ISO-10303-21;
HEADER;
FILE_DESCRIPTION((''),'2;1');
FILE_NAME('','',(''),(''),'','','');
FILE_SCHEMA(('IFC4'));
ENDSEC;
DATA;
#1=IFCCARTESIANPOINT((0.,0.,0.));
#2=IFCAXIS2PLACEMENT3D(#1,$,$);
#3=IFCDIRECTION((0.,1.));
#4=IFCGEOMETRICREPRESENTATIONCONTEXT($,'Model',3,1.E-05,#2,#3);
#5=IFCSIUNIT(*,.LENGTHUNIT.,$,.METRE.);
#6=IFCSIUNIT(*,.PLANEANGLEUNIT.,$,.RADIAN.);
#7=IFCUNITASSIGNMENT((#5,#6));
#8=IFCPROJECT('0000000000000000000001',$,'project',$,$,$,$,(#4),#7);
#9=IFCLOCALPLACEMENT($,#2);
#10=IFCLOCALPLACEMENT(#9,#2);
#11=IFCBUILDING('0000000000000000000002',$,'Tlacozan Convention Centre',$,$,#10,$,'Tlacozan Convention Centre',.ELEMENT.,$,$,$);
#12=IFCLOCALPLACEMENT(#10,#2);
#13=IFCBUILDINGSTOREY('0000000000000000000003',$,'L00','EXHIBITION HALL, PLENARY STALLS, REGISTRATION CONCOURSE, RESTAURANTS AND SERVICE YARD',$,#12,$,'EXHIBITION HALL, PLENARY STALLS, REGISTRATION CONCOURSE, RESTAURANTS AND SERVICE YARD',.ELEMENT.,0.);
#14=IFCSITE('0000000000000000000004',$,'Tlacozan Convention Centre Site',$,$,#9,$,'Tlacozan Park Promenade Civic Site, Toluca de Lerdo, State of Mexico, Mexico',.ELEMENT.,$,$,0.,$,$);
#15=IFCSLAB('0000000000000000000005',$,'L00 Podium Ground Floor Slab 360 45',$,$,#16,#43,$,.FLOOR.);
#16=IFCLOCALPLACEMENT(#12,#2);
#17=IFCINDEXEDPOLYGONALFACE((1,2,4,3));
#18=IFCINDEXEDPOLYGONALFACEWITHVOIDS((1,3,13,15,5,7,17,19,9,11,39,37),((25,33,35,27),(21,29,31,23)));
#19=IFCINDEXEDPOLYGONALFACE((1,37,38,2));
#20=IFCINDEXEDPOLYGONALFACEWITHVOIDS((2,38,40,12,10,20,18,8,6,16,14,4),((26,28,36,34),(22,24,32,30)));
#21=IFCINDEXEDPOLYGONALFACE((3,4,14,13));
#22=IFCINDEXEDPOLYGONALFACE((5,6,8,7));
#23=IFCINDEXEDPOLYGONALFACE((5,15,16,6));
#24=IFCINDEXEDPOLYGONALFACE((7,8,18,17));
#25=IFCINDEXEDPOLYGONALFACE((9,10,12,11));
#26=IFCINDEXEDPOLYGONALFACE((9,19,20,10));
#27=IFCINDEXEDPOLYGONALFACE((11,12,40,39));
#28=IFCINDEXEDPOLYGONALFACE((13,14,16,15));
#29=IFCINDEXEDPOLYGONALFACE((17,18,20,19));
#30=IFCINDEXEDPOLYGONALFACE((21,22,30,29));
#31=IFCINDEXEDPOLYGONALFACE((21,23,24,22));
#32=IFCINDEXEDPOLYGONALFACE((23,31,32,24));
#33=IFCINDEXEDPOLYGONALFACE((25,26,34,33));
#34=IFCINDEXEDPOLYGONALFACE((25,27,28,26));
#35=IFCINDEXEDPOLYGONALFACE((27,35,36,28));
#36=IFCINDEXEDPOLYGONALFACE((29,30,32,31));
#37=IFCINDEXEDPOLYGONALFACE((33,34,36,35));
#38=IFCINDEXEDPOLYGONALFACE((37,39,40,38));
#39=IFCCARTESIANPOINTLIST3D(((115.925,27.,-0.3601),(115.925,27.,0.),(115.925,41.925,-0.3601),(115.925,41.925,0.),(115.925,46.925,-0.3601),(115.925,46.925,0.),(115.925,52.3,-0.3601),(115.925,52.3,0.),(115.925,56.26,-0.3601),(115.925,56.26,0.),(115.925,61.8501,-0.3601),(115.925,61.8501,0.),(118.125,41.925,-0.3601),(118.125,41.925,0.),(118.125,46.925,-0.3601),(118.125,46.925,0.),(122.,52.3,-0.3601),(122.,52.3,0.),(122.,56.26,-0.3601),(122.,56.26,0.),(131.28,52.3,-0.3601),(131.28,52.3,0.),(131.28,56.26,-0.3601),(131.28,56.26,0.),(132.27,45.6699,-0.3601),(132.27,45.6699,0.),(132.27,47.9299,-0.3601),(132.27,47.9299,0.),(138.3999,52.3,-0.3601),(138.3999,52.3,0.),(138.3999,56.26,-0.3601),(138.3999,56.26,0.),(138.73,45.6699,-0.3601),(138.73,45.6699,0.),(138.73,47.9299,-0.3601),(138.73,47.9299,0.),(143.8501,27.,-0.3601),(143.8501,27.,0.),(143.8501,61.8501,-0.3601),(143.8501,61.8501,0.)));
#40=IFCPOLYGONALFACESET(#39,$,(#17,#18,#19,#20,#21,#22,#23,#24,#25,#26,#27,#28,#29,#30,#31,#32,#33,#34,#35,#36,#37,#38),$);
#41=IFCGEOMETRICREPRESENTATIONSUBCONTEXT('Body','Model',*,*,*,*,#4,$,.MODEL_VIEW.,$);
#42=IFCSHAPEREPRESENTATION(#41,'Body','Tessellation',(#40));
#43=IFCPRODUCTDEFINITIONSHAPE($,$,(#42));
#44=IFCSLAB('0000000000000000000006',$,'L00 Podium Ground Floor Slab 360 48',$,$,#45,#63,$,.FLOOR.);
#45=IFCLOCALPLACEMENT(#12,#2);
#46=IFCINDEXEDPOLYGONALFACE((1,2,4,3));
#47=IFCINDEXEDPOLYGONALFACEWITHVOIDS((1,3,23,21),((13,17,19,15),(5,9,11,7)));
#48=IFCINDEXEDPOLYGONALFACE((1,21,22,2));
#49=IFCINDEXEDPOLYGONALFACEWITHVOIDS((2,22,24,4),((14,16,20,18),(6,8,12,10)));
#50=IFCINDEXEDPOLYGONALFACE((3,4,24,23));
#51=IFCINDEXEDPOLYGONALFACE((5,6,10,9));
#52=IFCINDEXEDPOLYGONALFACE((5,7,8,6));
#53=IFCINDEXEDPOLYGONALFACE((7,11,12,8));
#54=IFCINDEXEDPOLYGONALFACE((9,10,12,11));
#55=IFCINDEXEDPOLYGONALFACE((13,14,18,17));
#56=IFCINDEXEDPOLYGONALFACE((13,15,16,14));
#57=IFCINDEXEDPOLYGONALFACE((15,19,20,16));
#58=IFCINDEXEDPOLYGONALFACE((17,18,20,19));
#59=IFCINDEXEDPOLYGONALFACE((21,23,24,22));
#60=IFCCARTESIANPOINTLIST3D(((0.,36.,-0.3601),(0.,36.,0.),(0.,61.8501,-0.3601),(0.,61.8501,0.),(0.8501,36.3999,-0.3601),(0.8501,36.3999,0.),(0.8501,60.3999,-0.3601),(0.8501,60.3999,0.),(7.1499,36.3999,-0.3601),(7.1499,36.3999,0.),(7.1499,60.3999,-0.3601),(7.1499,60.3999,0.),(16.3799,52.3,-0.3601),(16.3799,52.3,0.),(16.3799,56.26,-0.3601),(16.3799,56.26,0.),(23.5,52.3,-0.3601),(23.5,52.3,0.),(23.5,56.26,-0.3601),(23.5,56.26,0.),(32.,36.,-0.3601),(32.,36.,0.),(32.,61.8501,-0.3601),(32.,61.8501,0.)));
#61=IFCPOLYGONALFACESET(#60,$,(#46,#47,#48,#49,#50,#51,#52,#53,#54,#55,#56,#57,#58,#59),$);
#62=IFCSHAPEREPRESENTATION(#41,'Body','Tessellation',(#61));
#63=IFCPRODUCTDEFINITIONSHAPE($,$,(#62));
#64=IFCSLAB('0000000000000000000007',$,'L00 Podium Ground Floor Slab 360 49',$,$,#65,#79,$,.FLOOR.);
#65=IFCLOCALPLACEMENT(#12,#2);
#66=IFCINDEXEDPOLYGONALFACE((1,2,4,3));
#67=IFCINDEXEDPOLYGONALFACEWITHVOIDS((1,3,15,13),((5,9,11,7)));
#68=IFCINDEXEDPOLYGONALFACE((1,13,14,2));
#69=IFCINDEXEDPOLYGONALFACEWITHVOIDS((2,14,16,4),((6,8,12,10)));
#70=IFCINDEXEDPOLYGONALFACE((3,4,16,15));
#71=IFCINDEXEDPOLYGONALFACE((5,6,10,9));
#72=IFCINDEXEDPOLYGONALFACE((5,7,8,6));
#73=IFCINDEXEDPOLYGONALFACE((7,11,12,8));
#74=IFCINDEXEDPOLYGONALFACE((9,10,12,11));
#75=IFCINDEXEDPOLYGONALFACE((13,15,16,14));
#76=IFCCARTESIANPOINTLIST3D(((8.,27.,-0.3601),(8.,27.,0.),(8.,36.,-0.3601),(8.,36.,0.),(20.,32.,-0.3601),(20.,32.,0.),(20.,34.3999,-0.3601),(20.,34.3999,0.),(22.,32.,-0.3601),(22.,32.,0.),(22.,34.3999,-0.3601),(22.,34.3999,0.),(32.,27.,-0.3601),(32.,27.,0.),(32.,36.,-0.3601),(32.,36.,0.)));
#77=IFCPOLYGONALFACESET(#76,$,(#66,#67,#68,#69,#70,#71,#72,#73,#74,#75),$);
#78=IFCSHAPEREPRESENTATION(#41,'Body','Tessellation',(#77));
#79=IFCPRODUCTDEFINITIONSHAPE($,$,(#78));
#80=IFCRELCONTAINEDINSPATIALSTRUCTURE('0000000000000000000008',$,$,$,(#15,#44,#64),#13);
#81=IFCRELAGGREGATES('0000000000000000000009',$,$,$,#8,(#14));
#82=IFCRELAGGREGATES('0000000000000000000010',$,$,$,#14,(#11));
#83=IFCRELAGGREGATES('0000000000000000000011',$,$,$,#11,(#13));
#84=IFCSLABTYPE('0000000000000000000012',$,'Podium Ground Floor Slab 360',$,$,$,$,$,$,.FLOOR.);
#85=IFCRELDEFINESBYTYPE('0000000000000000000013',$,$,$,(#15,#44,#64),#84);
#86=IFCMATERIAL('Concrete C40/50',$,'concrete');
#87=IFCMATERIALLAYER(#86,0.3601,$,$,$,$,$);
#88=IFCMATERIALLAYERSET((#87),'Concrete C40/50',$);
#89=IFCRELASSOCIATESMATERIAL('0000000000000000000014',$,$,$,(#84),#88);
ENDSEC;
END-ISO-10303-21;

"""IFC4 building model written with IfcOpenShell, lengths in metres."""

from ifc_helpers import new_model, si_unit, direction, frame, origin, place, context, subcontext, project, spatial, polyline, outline, extrude, material, layer, layer_set, type_object, element, save


model = new_model("IFC4")

# Units and contexts
model_context = context("Model", 3, precision=1e-05, world=origin(), true_north=direction((0.0, 1.0)))
body_context = subcontext(model_context, "Body", "Model", "MODEL_VIEW")
ifc_project = project(units=[si_unit("LENGTHUNIT", "METRE"), si_unit("PLANEANGLEUNIT", "RADIAN")], contexts=[model_context])

# Site, building, storey
site_placement = place(None, origin())
site = spatial("IfcSite", under=ifc_project, at=site_placement, Name="Tlacozan Convention Centre Site", LongName="Tlacozan Park Promenade Civic Site, Toluca de Lerdo, State of Mexico, Mexico", CompositionType="ELEMENT", RefElevation=0.0)
building_placement = place(site_placement, origin())
building = spatial("IfcBuilding", under=site, at=building_placement, Name="Tlacozan Convention Centre", LongName="Tlacozan Convention Centre", CompositionType="ELEMENT")
storey_placement = place(building_placement, origin())
storey = spatial("IfcBuildingStorey", under=building, at=storey_placement, Name="L00", Description="EXHIBITION HALL, PLENARY STALLS, REGISTRATION CONCOURSE, RESTAURANTS AND SERVICE YARD", LongName="EXHIBITION HALL, PLENARY STALLS, REGISTRATION CONCOURSE, RESTAURANTS AND SERVICE YARD", CompositionType="ELEMENT", Elevation=0.0)

# Slabs
ifc_material = material(Name="Concrete C40/50", Category="concrete")
ifc_layer_1 = layer(ifc_material, 0.3601)
ifc_layer_set_1 = layer_set([ifc_layer_1], Name="Concrete C40/50")
slab_type_1 = type_object("IfcSlabType", Name="Podium Ground Floor Slab 360", PredefinedType="FLOOR", material=ifc_layer_set_1)
slab_1_placement = place(storey_placement, frame((0.0, 0.0, -0.3601)))
element("IfcSlab", 1, at=slab_1_placement, inside=storey, type_object=slab_type_1, Name="L00 Podium Ground Floor Slab 360 45", PredefinedType="FLOOR", context=body_context, shape_type="SweptSolid", body=[
    extrude(outline(polyline([(143.8501, 61.8501), (143.8501, 27.0), (115.925, 27.0), (115.925, 41.925), (118.125, 41.925), (118.125, 46.925), (115.925, 46.925), (115.925, 52.3), (122.0, 52.3), (122.0, 56.26), (115.925, 56.26), (115.925, 61.8501), (143.8501, 61.8501)]), holes=[polyline([(138.73, 47.9299), (132.27, 47.9299), (132.27, 45.6699), (138.73, 45.6699), (138.73, 47.9299)]), polyline([(131.28, 52.3), (138.3999, 52.3), (138.3999, 56.26), (131.28, 56.26), (131.28, 52.3)])]), origin(), (0.0, 0.0, 1.0), 0.3601),
])
slab_2_placement = place(storey_placement, frame((0.0, 0.0, -0.3601)))
element("IfcSlab", 2, at=slab_2_placement, inside=storey, type_object=slab_type_1, Name="L00 Podium Ground Floor Slab 360 48", PredefinedType="FLOOR", context=body_context, shape_type="SweptSolid", body=[
    extrude(outline(polyline([(0.0, 36.0), (0.0, 61.8501), (32.0, 61.8501), (32.0, 36.0), (0.0, 36.0)]), holes=[polyline([(7.1499, 36.3999), (7.1499, 60.3999), (0.8501, 60.3999), (0.8501, 36.3999), (7.1499, 36.3999)]), polyline([(16.3799, 52.3), (23.5, 52.3), (23.5, 56.26), (16.3799, 56.26), (16.3799, 52.3)])]), origin(), (0.0, 0.0, 1.0), 0.3601),
])
slab_3_placement = place(storey_placement, frame((0.0, 0.0, -0.3601)))
element("IfcSlab", 3, at=slab_3_placement, inside=storey, type_object=slab_type_1, Name="L00 Podium Ground Floor Slab 360 49", PredefinedType="FLOOR", context=body_context, shape_type="SweptSolid", body=[
    extrude(outline(polyline([(8.0, 27.0), (8.0, 36.0), (32.0, 36.0), (32.0, 27.0), (8.0, 27.0)]), holes=[polyline([(22.0, 32.0), (22.0, 34.3999), (20.0, 34.3999), (20.0, 32.0), (22.0, 32.0)])]), origin(), (0.0, 0.0, 1.0), 0.3601),
])

save(model, "model.ifc")
